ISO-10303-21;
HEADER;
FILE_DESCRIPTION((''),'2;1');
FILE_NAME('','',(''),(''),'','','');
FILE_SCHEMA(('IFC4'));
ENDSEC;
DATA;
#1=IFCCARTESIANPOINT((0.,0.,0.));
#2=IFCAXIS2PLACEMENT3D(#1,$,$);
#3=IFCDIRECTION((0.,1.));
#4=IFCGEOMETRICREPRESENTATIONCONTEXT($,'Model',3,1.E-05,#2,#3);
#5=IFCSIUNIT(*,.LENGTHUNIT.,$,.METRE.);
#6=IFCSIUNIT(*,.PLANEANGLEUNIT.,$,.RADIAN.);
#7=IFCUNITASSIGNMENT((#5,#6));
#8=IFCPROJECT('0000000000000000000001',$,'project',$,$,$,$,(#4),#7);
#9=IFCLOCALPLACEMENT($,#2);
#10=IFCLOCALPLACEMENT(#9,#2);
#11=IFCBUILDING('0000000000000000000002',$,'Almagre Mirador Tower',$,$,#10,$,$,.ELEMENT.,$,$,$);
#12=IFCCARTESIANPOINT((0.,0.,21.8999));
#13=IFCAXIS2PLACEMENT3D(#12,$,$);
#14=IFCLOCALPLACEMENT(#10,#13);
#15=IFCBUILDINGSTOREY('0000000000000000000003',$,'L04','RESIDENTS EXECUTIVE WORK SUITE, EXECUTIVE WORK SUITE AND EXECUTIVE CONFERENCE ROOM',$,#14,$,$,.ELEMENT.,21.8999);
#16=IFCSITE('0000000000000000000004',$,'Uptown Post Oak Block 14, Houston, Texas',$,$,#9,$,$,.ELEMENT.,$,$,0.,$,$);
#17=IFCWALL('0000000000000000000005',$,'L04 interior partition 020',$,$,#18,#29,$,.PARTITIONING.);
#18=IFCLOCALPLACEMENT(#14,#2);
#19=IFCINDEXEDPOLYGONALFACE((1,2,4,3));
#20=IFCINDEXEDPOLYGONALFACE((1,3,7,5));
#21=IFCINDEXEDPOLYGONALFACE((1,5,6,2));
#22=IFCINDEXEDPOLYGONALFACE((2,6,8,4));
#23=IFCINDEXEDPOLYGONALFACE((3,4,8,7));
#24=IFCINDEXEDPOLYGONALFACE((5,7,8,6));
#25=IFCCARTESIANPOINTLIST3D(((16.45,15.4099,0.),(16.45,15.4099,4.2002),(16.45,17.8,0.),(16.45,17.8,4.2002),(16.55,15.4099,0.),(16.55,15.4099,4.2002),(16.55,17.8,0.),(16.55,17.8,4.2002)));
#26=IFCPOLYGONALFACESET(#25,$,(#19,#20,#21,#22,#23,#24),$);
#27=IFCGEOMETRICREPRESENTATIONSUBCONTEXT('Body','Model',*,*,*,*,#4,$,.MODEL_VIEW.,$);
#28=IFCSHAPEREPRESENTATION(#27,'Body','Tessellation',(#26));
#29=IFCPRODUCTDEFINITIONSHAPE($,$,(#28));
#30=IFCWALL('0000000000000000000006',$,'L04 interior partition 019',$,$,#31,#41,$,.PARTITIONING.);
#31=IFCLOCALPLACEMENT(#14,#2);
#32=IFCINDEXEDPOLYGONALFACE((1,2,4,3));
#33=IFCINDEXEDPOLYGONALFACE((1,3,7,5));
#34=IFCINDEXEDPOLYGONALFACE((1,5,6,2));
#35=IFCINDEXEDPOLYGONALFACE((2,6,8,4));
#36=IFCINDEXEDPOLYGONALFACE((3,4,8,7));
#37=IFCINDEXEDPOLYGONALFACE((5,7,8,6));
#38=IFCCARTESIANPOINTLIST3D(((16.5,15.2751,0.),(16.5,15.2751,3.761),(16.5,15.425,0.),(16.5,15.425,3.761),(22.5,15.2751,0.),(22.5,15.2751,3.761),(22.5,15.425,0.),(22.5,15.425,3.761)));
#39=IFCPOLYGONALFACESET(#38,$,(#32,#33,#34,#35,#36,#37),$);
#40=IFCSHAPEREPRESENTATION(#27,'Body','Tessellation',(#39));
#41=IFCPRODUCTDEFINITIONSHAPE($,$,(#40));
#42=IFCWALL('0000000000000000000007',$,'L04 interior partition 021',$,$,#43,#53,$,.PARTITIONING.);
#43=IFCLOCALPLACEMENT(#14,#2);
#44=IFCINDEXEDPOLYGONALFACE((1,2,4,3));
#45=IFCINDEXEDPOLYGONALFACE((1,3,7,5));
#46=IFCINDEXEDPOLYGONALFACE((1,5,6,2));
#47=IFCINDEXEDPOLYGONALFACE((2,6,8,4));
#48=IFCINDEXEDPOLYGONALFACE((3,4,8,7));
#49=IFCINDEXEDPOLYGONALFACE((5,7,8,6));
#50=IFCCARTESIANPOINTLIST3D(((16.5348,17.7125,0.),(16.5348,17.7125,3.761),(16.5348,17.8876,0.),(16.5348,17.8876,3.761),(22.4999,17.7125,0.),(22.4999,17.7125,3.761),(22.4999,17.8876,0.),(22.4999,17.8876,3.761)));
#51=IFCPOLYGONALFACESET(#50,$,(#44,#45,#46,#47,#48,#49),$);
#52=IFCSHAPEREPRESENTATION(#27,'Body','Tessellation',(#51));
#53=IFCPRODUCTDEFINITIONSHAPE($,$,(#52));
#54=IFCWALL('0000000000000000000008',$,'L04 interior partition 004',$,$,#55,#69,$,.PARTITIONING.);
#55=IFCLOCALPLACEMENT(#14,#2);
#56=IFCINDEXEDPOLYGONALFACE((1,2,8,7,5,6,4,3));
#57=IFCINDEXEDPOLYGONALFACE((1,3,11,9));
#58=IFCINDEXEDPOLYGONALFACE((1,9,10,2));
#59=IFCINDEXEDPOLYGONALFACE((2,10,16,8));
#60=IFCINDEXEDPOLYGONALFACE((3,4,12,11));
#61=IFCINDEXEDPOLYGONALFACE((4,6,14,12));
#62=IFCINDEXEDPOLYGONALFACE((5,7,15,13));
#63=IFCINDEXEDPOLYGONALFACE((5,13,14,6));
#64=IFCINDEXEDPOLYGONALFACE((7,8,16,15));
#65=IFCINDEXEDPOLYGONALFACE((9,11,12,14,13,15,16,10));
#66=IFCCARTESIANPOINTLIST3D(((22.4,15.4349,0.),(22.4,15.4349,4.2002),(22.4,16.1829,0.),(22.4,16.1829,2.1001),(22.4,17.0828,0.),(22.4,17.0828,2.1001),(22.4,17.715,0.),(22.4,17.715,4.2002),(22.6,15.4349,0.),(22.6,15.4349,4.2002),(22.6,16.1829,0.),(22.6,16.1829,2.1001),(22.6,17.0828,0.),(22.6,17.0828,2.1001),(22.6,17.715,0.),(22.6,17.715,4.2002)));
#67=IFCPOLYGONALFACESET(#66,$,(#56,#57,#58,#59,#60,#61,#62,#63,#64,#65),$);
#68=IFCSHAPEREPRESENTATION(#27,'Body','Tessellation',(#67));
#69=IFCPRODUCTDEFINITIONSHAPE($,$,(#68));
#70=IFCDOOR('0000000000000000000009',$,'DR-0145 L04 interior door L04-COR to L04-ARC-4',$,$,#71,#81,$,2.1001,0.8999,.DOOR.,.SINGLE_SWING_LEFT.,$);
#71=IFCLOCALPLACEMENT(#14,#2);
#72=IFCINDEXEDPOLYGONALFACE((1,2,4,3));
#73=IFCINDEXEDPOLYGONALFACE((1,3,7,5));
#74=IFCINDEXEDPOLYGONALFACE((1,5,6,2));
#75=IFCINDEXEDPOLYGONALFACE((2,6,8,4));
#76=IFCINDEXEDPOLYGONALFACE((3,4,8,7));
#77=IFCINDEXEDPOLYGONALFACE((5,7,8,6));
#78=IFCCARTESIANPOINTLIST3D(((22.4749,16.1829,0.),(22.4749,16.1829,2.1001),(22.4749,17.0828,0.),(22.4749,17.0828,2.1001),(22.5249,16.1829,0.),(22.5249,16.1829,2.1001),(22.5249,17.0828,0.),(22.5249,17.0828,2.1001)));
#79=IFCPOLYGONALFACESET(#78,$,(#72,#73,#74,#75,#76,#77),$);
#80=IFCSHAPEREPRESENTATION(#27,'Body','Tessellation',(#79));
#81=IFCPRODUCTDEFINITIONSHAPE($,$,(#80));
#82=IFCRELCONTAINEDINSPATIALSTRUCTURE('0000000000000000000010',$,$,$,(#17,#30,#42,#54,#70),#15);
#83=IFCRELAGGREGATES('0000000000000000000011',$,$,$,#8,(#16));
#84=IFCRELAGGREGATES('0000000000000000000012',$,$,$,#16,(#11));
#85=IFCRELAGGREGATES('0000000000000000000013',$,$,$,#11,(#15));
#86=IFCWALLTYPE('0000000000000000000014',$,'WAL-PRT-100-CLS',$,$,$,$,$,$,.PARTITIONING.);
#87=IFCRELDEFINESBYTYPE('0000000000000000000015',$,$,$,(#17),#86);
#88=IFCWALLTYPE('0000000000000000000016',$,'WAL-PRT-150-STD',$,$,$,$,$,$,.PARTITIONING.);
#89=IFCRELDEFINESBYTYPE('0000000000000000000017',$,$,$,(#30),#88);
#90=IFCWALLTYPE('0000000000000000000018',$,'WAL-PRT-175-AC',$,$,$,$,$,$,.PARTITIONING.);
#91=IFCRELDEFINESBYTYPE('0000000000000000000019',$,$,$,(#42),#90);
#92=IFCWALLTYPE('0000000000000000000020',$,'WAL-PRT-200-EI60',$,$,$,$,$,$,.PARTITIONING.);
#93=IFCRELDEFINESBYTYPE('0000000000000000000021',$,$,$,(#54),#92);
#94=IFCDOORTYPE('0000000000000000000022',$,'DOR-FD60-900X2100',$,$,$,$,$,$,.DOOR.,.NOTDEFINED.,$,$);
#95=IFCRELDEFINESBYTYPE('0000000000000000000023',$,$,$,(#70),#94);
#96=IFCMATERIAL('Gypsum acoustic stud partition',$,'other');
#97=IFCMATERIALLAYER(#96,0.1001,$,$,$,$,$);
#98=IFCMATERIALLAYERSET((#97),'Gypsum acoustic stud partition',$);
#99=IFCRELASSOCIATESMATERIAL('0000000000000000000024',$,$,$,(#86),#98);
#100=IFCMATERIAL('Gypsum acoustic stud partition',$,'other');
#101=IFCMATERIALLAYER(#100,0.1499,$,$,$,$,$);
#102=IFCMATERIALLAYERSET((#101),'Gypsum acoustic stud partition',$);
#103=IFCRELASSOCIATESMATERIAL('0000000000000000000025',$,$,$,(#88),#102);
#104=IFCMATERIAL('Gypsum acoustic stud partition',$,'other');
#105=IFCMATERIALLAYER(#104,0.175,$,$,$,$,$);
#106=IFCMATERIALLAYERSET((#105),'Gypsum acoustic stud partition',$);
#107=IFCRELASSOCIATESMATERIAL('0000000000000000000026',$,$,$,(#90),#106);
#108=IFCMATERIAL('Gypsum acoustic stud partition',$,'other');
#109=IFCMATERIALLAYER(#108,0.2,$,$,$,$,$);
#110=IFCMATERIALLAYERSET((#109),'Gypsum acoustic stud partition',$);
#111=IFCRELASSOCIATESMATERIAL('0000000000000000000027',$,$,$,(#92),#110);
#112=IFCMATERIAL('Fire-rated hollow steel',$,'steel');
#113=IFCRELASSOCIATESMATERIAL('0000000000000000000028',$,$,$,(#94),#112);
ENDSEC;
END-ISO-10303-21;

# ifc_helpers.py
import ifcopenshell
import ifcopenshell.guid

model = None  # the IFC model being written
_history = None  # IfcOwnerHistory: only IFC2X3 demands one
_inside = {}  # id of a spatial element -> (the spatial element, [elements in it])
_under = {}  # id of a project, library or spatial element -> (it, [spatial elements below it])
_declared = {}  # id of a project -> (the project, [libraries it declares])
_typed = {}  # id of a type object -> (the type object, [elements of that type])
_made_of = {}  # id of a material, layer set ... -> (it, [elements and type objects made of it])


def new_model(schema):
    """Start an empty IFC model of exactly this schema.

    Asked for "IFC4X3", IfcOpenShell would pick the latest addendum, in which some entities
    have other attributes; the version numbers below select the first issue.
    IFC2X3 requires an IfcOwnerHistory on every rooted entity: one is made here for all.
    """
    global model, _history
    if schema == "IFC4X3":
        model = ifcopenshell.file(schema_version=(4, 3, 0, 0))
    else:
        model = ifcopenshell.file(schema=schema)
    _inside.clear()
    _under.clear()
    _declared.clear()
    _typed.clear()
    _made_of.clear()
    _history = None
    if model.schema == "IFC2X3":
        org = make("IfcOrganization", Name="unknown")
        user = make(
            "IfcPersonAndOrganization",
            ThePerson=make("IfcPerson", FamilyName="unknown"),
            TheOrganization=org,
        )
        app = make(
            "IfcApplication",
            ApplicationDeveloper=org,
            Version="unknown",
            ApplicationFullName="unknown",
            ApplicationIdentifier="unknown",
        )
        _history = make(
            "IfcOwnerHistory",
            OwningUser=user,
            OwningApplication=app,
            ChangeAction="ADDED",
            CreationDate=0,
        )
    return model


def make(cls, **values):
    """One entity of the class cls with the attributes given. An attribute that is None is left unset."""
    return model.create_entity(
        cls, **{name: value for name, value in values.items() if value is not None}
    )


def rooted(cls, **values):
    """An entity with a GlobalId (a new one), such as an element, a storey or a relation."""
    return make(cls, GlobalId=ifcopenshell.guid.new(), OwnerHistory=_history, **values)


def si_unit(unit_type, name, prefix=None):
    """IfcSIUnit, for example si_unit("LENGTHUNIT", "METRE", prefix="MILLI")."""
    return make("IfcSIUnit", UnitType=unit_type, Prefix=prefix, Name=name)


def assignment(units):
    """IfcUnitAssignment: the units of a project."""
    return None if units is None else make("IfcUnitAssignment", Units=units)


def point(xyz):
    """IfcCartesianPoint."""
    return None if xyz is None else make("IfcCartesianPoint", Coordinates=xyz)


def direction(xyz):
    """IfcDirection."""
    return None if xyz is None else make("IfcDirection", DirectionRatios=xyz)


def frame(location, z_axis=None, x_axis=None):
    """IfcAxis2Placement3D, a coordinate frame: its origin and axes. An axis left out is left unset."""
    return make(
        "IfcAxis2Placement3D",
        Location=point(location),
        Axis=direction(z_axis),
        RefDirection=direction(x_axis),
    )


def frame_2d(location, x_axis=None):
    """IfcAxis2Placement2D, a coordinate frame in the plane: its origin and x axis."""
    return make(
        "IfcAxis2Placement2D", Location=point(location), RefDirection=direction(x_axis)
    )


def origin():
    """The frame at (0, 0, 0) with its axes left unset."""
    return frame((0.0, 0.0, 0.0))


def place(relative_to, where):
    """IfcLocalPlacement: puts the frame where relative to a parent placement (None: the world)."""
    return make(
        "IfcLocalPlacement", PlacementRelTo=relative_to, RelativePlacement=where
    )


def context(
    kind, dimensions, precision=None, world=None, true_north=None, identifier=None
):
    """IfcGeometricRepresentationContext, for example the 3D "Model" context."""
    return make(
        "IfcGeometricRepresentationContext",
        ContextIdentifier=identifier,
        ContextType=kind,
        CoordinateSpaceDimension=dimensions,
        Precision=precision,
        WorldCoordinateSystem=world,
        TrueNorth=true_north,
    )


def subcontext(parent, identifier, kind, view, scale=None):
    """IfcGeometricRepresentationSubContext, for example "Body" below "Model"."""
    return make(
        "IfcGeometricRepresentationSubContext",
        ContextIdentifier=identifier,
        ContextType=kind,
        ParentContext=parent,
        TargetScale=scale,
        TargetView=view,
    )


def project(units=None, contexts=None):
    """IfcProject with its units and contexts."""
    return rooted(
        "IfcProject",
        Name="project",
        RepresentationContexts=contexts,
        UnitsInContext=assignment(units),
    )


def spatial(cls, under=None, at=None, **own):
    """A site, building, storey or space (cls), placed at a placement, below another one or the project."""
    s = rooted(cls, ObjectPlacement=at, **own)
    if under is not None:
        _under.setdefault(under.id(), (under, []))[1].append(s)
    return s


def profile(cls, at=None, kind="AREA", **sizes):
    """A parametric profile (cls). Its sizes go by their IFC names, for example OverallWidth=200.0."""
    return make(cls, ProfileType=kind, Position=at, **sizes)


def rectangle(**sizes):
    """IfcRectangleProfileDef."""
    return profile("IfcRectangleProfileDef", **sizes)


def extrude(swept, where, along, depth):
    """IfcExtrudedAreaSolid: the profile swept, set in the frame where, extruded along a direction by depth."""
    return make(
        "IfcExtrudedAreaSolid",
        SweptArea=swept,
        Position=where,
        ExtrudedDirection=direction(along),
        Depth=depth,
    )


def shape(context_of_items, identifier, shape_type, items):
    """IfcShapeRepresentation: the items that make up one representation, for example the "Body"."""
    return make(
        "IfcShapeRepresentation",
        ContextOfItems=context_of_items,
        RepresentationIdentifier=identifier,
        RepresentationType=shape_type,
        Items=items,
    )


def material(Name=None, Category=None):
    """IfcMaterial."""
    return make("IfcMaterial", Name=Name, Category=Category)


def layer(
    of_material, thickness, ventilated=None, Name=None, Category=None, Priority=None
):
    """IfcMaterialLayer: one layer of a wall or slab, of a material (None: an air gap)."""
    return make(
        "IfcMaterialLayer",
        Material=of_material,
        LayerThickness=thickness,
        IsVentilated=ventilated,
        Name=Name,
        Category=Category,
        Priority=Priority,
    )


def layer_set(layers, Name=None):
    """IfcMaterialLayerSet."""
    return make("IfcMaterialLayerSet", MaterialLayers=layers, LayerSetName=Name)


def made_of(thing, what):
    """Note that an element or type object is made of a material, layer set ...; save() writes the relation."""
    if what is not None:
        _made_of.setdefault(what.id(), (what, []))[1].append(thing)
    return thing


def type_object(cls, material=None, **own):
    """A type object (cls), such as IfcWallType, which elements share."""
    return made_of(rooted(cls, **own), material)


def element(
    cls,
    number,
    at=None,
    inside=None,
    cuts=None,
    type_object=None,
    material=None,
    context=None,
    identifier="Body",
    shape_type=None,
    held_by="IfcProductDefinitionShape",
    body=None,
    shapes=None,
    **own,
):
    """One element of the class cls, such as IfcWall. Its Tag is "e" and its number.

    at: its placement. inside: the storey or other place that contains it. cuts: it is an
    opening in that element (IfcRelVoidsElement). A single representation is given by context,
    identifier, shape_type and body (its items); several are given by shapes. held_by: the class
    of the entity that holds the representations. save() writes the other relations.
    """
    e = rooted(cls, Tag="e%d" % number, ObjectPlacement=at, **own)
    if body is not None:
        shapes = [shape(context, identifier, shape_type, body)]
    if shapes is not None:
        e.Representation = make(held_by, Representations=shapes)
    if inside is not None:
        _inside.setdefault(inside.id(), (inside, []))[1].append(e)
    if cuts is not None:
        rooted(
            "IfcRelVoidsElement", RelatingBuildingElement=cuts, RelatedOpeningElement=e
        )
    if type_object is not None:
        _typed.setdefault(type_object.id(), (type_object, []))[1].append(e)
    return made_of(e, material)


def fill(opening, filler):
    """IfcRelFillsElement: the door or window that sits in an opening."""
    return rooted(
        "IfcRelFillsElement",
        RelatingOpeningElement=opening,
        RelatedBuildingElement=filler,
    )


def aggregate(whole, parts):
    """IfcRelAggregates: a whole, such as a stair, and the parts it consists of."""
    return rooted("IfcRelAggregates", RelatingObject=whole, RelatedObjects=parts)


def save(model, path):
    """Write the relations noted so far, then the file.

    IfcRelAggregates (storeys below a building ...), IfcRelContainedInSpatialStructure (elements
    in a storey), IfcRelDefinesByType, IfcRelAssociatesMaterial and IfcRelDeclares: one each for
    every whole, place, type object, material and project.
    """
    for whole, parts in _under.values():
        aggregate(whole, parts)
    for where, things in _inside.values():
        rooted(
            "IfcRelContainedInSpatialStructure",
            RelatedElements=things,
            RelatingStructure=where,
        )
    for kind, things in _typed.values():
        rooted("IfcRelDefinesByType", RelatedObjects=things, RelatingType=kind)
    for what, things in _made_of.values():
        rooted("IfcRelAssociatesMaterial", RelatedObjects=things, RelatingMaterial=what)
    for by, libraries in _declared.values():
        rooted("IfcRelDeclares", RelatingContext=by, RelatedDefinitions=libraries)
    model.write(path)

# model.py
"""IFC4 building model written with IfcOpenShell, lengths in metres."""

from ifc_helpers import new_model, si_unit, direction, frame, frame_2d, origin, place, context, subcontext, project, spatial, rectangle, extrude, material, layer, layer_set, type_object, element, fill, save


model = new_model("IFC4")

# Units and contexts
model_context = context("Model", 3, precision=1e-05, world=origin(), true_north=direction((0.0, 1.0)))
body_context = subcontext(model_context, "Body", "Model", "MODEL_VIEW")
ifc_project = project(units=[si_unit("LENGTHUNIT", "METRE"), si_unit("PLANEANGLEUNIT", "RADIAN")], contexts=[model_context])

# Site, building, storey
site_placement = place(None, origin())
site = spatial("IfcSite", under=ifc_project, at=site_placement, Name="Uptown Post Oak Block 14, Houston, Texas", CompositionType="ELEMENT", RefElevation=0.0)
building_placement = place(site_placement, origin())
building = spatial("IfcBuilding", under=site, at=building_placement, Name="Almagre Mirador Tower", CompositionType="ELEMENT")
storey_placement = place(building_placement, frame((0.0, 0.0, 21.8999)))
storey = spatial("IfcBuildingStorey", under=building, at=storey_placement, Name="L04", Description="RESIDENTS EXECUTIVE WORK SUITE, EXECUTIVE WORK SUITE AND EXECUTIVE CONFERENCE ROOM", CompositionType="ELEMENT", Elevation=21.8999)

# Walls
ifc_material_1 = material(Name="Gypsum acoustic stud partition", Category="other")
ifc_layer_1 = layer(ifc_material_1, 0.1001)
ifc_layer_set_1 = layer_set([ifc_layer_1], Name="Gypsum acoustic stud partition")
wall_type_1 = type_object("IfcWallType", Name="WAL-PRT-100-CLS", PredefinedType="PARTITIONING", material=ifc_layer_set_1)
wall_1_placement = place(storey_placement, frame((16.5, 15.4099, 0.0), z_axis=(0.0, 0.0, 1.0), x_axis=(0.0, 1.0, 0.0)))
element("IfcWall", 1, at=wall_1_placement, inside=storey, type_object=wall_type_1, Name="L04 interior partition 020", PredefinedType="PARTITIONING", context=body_context, shape_type="SweptSolid", body=[
    extrude(rectangle(XDim=2.3901, YDim=0.1001, at=frame_2d((1.1951, 0.0))), origin(), (0.0, 0.0, 1.0), 4.2002),
])
ifc_material_2 = material(Name="Gypsum acoustic stud partition", Category="other")
ifc_layer_2 = layer(ifc_material_2, 0.1499)
ifc_layer_set_2 = layer_set([ifc_layer_2], Name="Gypsum acoustic stud partition")
wall_type_2 = type_object("IfcWallType", Name="WAL-PRT-150-STD", PredefinedType="PARTITIONING", material=ifc_layer_set_2)
wall_2_placement = place(storey_placement, frame((22.5, 15.3501, 0.0), z_axis=(0.0, 0.0, 1.0), x_axis=(-1.0, 0.0, 0.0)))
element("IfcWall", 2, at=wall_2_placement, inside=storey, type_object=wall_type_2, Name="L04 interior partition 019", PredefinedType="PARTITIONING", context=body_context, shape_type="SweptSolid", body=[
    extrude(rectangle(XDim=6.0, YDim=0.1499, at=frame_2d((3.0, 0.0))), origin(), (0.0, 0.0, 1.0), 3.761),
])
ifc_material_3 = material(Name="Gypsum acoustic stud partition", Category="other")
ifc_layer_3 = layer(ifc_material_3, 0.175)
ifc_layer_set_3 = layer_set([ifc_layer_3], Name="Gypsum acoustic stud partition")
wall_type_3 = type_object("IfcWallType", Name="WAL-PRT-175-AC", PredefinedType="PARTITIONING", material=ifc_layer_set_3)
wall_3_placement = place(storey_placement, frame((16.5349, 17.8, 0.0), z_axis=(0.0, 0.0, 1.0), x_axis=(1.0, 0.0, 0.0)))
element("IfcWall", 3, at=wall_3_placement, inside=storey, type_object=wall_type_3, Name="L04 interior partition 021", PredefinedType="PARTITIONING", context=body_context, shape_type="SweptSolid", body=[
    extrude(rectangle(XDim=5.9651, YDim=0.175, at=frame_2d((2.9824, 0.0))), origin(), (0.0, 0.0, 1.0), 3.761),
])

# Wall, opening, door
ifc_material_4 = material(Name="Gypsum acoustic stud partition", Category="other")
ifc_layer_4 = layer(ifc_material_4, 0.2)
ifc_layer_set_4 = layer_set([ifc_layer_4], Name="Gypsum acoustic stud partition")
wall_type_4 = type_object("IfcWallType", Name="WAL-PRT-200-EI60", PredefinedType="PARTITIONING", material=ifc_layer_set_4)
wall_4_placement = place(storey_placement, frame((22.5, 17.7151, 0.0), z_axis=(0.0, 0.0, 1.0), x_axis=(0.0, -1.0, 0.0)))
wall_4 = element("IfcWall", 4, at=wall_4_placement, inside=storey, type_object=wall_type_4, Name="L04 interior partition 004", PredefinedType="PARTITIONING", context=body_context, shape_type="SweptSolid", body=[
    extrude(rectangle(XDim=2.28, YDim=0.2, at=frame_2d((1.1401, 0.0))), origin(), (0.0, 0.0, 1.0), 4.2002),
])
opening_1_placement = place(wall_4_placement, frame((0.6323, 0.0, 0.0)))
opening_1 = element("IfcOpeningElement", 5, at=opening_1_placement, cuts=wall_4, PredefinedType="OPENING", context=body_context, shape_type="SweptSolid", body=[
    extrude(rectangle(XDim=0.8999, YDim=2.1001, at=frame_2d((0.45, 1.05))), frame((0.0, 0.1101, 0.0), z_axis=(0.0, -1.0, 0.0), x_axis=(1.0, 0.0, 0.0)), (0.0, 0.0, 1.0), 0.22),
])
ifc_material_5 = material(Name="Fire-rated hollow steel", Category="steel")
door_type = type_object("IfcDoorType", Name="DOR-FD60-900X2100", OperationType="NOTDEFINED", PredefinedType="DOOR", material=ifc_material_5)
door_placement = place(opening_1_placement, origin())
door = element("IfcDoor", 6, at=door_placement, inside=storey, type_object=door_type, Name="DR-0145 L04 interior door L04-COR to L04-ARC-4", OperationType="SINGLE_SWING_LEFT", OverallHeight=2.1001, OverallWidth=0.8999, PredefinedType="DOOR", context=body_context, shape_type="SweptSolid", body=[
    extrude(rectangle(XDim=0.8999, YDim=2.1001, at=frame_2d((0.45, 1.05))), frame((0.0, 0.0249, 0.0), z_axis=(0.0, -1.0, 0.0), x_axis=(1.0, 0.0, 0.0)), (0.0, 0.0, 1.0), 0.05),
])
fill(opening_1, door)

save(model, "model.ifc")
